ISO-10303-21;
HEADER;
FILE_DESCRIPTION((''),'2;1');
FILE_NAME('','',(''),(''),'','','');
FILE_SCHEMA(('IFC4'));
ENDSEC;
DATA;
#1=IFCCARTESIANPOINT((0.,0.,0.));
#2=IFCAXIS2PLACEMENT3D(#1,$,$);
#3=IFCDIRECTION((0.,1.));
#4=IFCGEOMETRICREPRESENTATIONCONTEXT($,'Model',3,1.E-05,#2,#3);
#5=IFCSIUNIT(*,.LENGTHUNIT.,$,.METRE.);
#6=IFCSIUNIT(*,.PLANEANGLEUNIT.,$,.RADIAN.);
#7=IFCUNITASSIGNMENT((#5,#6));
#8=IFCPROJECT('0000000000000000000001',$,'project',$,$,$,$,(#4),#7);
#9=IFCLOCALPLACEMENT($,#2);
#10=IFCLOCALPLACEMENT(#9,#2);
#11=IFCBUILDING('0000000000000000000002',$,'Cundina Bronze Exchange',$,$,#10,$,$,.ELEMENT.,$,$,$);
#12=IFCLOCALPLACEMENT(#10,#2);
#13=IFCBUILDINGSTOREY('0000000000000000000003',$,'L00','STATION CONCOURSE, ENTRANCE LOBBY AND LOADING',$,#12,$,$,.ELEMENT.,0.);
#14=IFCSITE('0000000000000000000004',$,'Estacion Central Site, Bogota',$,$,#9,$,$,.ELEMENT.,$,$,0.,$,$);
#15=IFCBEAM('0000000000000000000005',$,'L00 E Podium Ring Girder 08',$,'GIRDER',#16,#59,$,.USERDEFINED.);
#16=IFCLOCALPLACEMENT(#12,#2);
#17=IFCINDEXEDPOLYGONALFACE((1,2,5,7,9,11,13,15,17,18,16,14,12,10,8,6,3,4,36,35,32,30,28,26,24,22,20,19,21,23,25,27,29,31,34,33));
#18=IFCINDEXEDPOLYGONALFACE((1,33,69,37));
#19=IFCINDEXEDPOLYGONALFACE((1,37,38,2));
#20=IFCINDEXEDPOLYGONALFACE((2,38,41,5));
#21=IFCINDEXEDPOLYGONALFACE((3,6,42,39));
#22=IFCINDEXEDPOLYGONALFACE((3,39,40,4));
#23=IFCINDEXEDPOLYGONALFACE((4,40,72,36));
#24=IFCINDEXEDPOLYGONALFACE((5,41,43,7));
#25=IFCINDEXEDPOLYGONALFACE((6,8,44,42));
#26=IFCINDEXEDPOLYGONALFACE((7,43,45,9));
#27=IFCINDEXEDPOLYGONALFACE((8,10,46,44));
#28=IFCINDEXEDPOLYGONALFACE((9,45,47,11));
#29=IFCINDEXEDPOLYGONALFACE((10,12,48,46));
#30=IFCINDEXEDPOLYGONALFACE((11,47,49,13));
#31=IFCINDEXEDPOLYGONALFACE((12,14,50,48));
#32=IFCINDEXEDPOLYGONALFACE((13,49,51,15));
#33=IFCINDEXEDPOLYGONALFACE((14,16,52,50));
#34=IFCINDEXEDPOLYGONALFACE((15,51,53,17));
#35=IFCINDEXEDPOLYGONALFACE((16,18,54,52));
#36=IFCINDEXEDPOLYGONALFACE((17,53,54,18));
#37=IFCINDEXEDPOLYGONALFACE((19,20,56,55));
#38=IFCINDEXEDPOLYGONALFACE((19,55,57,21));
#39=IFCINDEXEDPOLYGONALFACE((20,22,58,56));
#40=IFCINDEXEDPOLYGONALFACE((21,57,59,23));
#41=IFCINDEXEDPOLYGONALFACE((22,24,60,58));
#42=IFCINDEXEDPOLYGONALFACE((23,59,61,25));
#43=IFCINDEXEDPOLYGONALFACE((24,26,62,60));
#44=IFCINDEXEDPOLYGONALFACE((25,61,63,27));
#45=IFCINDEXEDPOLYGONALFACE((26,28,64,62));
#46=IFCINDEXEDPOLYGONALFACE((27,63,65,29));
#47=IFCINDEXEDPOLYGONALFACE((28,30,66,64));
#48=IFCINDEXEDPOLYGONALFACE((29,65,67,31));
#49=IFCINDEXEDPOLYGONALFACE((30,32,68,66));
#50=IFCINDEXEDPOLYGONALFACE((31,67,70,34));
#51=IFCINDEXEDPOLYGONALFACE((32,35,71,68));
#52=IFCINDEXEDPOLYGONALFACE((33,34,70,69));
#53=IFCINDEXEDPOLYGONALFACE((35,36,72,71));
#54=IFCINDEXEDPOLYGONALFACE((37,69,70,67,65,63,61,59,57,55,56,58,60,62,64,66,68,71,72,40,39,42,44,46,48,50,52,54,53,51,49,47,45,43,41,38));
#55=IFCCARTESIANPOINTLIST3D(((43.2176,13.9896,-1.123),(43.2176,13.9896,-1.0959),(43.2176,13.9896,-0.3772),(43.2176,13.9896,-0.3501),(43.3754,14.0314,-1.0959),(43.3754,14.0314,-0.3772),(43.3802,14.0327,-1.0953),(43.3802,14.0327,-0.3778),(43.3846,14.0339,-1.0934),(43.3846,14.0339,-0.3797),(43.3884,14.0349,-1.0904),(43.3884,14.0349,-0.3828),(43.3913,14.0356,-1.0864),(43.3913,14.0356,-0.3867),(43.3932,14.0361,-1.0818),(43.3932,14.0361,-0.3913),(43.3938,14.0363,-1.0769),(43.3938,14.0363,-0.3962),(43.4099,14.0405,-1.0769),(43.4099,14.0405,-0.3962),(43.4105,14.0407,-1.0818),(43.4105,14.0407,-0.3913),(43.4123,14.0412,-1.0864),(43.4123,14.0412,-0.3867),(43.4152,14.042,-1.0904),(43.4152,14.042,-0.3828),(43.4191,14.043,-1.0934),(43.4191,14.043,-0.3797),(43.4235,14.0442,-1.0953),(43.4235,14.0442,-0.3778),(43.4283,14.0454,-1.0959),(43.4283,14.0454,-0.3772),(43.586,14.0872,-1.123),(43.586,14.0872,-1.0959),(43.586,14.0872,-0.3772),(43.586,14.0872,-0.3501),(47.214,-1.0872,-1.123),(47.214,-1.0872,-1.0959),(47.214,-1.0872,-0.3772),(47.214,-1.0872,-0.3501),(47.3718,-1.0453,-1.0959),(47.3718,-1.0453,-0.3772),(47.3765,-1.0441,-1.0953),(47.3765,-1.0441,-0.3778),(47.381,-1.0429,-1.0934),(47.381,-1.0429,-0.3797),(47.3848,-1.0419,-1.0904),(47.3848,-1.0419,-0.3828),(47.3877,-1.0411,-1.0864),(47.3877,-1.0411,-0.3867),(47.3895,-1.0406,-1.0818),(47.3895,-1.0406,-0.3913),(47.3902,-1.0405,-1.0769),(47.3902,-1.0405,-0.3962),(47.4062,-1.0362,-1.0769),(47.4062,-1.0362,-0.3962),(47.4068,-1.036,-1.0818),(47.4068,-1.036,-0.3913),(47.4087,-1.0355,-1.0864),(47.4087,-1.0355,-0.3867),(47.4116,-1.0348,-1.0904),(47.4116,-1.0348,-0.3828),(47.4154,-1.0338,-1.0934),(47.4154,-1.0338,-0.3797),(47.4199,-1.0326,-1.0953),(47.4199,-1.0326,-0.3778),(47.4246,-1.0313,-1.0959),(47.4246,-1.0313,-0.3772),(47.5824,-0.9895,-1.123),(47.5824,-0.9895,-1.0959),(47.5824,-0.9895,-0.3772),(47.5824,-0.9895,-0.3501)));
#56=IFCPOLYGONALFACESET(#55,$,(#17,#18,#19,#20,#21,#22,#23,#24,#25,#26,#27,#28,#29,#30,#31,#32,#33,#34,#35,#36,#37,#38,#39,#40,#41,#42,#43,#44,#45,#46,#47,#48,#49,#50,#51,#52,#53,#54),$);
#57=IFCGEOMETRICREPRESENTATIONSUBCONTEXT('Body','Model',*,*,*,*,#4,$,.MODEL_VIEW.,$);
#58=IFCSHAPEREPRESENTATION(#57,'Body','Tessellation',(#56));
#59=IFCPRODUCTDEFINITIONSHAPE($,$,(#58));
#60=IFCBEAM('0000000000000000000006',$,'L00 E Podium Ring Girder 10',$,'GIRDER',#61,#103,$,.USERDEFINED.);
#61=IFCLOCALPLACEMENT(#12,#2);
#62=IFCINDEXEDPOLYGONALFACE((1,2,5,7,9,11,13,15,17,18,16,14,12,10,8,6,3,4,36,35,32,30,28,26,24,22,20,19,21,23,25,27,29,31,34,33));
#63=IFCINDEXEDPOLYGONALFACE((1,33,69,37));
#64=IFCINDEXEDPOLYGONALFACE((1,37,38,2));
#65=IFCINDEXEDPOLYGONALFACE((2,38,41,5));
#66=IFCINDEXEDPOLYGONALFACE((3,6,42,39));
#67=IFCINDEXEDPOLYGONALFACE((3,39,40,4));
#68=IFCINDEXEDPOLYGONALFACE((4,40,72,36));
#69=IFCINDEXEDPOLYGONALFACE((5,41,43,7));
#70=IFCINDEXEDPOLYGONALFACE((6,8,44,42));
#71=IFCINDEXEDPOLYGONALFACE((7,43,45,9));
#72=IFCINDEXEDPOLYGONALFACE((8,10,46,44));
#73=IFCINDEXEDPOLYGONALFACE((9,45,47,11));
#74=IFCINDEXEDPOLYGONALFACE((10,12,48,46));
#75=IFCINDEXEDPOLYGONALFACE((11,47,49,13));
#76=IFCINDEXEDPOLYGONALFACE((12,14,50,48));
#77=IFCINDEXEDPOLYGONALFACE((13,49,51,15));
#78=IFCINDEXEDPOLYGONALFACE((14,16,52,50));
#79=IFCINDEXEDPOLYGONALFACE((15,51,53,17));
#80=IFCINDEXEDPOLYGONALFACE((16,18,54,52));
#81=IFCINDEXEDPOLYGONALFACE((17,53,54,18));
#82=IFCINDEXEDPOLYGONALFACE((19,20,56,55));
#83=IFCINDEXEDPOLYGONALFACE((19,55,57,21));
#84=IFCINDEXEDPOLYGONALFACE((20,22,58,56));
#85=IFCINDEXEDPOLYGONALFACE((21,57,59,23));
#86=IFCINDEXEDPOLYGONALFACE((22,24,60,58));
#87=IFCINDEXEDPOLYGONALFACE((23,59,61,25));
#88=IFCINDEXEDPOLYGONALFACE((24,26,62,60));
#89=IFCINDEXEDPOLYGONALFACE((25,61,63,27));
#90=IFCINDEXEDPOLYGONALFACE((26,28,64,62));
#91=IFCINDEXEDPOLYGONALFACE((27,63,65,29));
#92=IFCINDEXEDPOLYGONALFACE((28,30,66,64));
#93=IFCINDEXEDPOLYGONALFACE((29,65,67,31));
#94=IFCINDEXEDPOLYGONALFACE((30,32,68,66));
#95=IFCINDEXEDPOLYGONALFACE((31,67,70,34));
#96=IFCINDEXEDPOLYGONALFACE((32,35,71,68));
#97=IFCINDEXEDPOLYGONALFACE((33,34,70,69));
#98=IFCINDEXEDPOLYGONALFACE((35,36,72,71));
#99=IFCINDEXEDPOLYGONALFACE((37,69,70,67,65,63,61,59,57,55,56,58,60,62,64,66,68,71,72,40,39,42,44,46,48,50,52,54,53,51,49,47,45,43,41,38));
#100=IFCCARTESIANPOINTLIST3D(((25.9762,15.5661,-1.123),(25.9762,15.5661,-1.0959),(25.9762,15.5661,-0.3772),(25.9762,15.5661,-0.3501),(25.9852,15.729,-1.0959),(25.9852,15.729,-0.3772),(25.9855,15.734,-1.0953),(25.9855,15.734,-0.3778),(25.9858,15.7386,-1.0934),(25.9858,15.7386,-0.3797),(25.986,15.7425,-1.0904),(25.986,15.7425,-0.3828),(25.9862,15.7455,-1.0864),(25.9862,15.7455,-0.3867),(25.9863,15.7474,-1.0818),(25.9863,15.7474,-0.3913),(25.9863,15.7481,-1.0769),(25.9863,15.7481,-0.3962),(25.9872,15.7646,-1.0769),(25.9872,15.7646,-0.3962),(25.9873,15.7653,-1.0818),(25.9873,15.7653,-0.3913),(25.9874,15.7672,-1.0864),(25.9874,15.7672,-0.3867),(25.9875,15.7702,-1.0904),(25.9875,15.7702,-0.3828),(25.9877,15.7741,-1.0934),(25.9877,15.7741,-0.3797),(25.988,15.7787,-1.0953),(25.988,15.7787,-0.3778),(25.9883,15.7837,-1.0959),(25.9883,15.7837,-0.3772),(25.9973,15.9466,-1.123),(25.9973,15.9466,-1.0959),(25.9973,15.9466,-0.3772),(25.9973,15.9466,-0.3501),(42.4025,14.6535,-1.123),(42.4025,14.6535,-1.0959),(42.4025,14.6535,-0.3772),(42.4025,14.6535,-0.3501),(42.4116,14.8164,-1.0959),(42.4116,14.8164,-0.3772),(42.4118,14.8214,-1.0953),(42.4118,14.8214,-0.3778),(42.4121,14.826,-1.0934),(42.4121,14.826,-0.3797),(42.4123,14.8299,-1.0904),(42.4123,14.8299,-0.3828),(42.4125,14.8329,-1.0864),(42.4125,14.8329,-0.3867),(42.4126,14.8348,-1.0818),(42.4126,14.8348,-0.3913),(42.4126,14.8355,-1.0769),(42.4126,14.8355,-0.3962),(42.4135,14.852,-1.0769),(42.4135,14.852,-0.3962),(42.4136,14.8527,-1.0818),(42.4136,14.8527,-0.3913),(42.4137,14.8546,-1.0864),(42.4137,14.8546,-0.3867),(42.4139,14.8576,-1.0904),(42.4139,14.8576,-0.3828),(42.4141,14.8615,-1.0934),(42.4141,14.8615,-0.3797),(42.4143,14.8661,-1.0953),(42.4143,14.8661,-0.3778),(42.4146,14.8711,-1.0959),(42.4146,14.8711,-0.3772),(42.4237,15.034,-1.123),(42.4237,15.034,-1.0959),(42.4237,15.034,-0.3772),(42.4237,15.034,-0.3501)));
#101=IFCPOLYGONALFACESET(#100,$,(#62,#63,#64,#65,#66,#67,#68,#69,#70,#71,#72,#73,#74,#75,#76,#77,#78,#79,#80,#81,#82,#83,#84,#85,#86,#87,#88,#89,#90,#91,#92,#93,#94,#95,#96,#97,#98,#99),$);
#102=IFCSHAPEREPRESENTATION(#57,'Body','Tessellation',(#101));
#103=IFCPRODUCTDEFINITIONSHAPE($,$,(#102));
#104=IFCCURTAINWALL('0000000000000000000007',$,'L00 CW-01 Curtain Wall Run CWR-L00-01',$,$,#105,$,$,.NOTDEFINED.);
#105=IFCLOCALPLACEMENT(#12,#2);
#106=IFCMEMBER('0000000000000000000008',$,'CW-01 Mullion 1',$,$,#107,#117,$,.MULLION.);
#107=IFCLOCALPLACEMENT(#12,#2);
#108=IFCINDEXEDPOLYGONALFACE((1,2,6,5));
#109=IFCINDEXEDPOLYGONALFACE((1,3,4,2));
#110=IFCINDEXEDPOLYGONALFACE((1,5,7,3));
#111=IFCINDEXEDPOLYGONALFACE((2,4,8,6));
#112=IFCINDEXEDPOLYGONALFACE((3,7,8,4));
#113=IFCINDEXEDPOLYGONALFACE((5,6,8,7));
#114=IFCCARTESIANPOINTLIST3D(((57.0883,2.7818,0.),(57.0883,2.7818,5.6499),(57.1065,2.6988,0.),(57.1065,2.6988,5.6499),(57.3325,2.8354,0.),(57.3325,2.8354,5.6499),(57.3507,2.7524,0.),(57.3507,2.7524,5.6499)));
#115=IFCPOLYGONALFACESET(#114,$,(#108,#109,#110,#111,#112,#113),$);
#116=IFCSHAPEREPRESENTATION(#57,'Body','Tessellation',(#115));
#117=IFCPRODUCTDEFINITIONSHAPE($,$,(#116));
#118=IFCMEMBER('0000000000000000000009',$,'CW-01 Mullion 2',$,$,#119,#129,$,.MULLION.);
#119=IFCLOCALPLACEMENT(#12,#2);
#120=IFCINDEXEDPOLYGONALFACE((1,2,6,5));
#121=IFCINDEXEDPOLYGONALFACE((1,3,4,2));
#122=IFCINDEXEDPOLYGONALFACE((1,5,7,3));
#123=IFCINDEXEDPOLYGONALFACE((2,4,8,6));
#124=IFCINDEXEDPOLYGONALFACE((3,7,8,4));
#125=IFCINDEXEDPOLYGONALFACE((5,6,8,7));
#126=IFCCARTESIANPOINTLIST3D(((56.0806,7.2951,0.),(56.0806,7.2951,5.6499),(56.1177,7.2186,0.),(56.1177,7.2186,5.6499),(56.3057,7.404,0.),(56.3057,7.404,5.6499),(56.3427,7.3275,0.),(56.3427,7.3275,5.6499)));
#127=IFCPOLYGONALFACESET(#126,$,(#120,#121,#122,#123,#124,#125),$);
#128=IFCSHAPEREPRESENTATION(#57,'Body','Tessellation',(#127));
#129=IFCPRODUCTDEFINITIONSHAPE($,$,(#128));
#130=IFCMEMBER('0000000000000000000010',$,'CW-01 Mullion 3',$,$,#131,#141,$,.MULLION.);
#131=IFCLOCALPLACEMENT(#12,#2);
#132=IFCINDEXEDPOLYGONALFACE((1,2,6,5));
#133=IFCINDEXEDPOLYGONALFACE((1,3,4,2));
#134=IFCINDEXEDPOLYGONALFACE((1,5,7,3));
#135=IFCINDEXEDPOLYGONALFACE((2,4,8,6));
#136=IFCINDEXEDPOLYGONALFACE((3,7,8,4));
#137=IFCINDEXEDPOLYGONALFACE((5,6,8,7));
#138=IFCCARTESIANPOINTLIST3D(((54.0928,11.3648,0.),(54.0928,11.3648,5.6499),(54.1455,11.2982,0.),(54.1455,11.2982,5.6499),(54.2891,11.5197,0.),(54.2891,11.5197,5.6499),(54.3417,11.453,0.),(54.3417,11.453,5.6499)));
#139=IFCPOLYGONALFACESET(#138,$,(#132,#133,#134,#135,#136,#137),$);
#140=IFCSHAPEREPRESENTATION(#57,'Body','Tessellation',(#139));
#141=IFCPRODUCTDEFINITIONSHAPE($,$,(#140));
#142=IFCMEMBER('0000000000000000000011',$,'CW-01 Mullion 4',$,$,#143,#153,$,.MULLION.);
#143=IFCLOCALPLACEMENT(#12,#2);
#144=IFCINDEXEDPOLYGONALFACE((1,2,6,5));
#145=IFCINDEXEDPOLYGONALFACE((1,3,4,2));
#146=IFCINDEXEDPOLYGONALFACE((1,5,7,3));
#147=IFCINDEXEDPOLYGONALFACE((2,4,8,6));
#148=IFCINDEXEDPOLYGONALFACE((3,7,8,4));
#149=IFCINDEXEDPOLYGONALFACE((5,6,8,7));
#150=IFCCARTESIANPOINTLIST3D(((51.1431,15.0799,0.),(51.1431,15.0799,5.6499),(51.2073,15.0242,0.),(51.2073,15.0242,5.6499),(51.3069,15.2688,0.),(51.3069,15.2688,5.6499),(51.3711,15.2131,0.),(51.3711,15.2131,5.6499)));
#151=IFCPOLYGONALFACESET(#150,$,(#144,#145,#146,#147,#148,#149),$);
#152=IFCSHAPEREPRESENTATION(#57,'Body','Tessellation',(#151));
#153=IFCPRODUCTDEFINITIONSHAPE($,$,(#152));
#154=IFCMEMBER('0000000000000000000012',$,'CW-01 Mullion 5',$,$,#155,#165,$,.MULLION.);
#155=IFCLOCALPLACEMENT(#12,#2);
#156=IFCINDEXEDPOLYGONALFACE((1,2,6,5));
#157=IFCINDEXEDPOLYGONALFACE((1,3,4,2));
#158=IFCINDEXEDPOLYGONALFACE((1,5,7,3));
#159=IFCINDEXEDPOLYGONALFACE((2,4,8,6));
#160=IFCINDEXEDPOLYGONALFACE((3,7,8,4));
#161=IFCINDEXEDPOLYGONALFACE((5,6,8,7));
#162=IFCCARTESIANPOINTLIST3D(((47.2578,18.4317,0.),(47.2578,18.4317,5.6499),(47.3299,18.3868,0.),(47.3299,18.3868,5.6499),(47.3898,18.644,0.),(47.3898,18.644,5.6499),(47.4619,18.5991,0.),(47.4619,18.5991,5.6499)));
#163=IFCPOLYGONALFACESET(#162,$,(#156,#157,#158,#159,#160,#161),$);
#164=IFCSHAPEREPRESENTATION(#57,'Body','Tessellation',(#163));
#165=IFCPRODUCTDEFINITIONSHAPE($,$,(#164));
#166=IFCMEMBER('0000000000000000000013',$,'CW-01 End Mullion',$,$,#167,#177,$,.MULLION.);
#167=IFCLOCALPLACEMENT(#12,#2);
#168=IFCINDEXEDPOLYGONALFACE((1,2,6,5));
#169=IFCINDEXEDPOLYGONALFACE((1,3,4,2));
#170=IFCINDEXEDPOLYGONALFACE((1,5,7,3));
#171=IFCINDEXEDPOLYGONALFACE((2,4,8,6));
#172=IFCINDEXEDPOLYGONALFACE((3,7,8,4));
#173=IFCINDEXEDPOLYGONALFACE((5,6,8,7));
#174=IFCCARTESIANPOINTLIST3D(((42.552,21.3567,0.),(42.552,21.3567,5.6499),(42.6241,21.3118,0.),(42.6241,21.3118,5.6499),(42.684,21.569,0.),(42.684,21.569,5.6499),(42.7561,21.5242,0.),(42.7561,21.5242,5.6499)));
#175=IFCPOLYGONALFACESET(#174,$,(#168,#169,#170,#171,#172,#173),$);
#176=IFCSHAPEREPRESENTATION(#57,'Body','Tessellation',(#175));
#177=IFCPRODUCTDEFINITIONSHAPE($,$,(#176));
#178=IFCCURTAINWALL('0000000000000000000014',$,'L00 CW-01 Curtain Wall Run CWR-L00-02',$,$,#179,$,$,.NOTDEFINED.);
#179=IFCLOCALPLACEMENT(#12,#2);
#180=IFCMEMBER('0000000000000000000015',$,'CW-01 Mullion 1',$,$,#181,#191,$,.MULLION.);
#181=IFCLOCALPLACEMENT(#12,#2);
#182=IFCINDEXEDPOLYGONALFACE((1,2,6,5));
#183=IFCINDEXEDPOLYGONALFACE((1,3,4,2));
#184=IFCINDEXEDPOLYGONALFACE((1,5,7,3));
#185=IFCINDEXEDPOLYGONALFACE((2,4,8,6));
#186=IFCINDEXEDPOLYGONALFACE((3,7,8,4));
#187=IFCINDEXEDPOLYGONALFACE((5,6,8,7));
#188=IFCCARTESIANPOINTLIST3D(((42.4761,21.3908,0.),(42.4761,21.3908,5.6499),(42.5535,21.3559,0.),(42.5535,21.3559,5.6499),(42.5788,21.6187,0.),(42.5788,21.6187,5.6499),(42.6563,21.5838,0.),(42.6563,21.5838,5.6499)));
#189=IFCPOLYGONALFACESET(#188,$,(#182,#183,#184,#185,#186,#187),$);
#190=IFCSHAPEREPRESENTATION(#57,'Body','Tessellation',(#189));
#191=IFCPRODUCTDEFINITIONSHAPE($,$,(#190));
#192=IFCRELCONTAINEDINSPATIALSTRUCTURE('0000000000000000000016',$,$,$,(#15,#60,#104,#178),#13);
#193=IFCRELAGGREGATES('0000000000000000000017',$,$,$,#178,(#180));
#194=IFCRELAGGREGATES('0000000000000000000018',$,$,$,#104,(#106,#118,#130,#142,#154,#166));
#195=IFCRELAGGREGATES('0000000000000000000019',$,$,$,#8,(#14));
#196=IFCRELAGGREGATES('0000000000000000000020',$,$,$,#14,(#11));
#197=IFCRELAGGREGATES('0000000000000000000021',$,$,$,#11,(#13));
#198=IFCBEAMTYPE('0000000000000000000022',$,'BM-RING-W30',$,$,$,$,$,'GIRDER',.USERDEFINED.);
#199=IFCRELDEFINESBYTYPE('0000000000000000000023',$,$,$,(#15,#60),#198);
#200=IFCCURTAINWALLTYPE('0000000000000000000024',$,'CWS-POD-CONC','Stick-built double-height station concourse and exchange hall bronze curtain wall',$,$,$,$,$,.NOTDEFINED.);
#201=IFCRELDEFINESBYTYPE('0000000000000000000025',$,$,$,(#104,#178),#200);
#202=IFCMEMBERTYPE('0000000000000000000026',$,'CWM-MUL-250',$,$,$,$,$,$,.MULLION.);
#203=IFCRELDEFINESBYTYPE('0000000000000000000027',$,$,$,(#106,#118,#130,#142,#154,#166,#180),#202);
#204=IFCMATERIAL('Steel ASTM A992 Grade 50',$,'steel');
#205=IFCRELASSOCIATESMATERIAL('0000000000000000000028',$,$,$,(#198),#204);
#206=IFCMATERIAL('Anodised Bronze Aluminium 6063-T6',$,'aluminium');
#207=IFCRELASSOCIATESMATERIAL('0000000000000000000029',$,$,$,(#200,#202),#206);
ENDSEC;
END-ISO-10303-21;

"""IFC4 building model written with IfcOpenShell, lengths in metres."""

from ifc_helpers import new_model, si_unit, direction, frame, origin, origin_2d, place, context, subcontext, project, spatial, rectangle, i_section, extrude, material, material_profile, profile_set, type_object, element, aggregate, save


model = new_model("IFC4")

# Units and contexts
model_context = context("Model", 3, precision=1e-05, world=origin(), true_north=direction((0.0, 1.0)))
body_context = subcontext(model_context, "Body", "Model", "MODEL_VIEW")
ifc_project = project(units=[si_unit("LENGTHUNIT", "METRE"), si_unit("PLANEANGLEUNIT", "RADIAN")], contexts=[model_context])

# Site, building, storey
site_placement = place(None, origin())
site = spatial("IfcSite", under=ifc_project, at=site_placement, Name="Estacion Central Site, Bogota", CompositionType="ELEMENT", RefElevation=0.0)
building_placement = place(site_placement, origin())
building = spatial("IfcBuilding", under=site, at=building_placement, Name="Cundina Bronze Exchange", CompositionType="ELEMENT")
storey_placement = place(building_placement, origin())
storey = spatial("IfcBuildingStorey", under=building, at=storey_placement, Name="L00", Description="STATION CONCOURSE, ENTRANCE LOBBY AND LOADING", CompositionType="ELEMENT", Elevation=0.0)

# Beams
ifc_material_1 = material(Name="Steel ASTM A992 Grade 50", Category="steel")
ifc_material_profile_1 = material_profile(ifc_material_1, i_section(OverallWidth=0.3811, OverallDepth=0.7729, WebThickness=0.0166, FlangeThickness=0.0271, FilletRadius=0.019, at=origin_2d()), Name="W30X173", Category="steel")
ifc_profile_set_1 = profile_set([ifc_material_profile_1], Name="Steel ASTM A992 Grade 50")
beam_type = type_object("IfcBeamType", Name="BM-RING-W30", ElementType="GIRDER", PredefinedType="USERDEFINED", material=ifc_profile_set_1)
beam_1_placement = place(storey_placement, frame((47.3982, -1.0383, -0.7366), z_axis=(-0.25622, 0.966619, 0.0), x_axis=(-0.966619, -0.25622, 0.0)))
element("IfcBeam", 1, at=beam_1_placement, inside=storey, type_object=beam_type, Name="L00 E Podium Ring Girder 08", ObjectType="GIRDER", PredefinedType="USERDEFINED", context=body_context, shape_type="SweptSolid", body=[
    extrude(i_section(OverallWidth=0.3811, OverallDepth=0.7729, WebThickness=0.0166, FlangeThickness=0.0271, FilletRadius=0.019, at=origin_2d()), origin(), (0.0, 0.0, 1.0), 15.5974),
])
beam_2_placement = place(storey_placement, frame((42.4131, 14.8438, -0.7366), z_axis=(-0.99846, 0.055472, 0.0), x_axis=(-0.055472, -0.99846, 0.0)))
element("IfcBeam", 2, at=beam_2_placement, inside=storey, type_object=beam_type, Name="L00 E Podium Ring Girder 10", ObjectType="GIRDER", PredefinedType="USERDEFINED", context=body_context, shape_type="SweptSolid", body=[
    extrude(i_section(OverallWidth=0.3811, OverallDepth=0.7729, WebThickness=0.0166, FlangeThickness=0.0271, FilletRadius=0.019, at=origin_2d()), origin(), (0.0, 0.0, 1.0), 16.4517),
])

# Curtain wall, members
ifc_material_2 = material(Name="Anodised Bronze Aluminium 6063-T6", Category="aluminium")
curtain_wall_type = type_object("IfcCurtainWallType", Name="CWS-POD-CONC", Description="Stick-built double-height station concourse and exchange hall bronze curtain wall", PredefinedType="NOTDEFINED", material=ifc_material_2)
curtain_wall_1_placement = place(storey_placement, origin())
curtain_wall_1 = element("IfcCurtainWall", 3, at=curtain_wall_1_placement, inside=storey, type_object=curtain_wall_type, Name="L00 CW-01 Curtain Wall Run CWR-L00-01", PredefinedType="NOTDEFINED")
ifc_material_profile_2 = material_profile(ifc_material_2, rectangle(XDim=0.085, YDim=0.25, at=origin_2d()), Name="AL85X250", Category="aluminium")
ifc_profile_set_2 = profile_set([ifc_material_profile_2], Name="Anodised Bronze Aluminium 6063-T6")
member_type_1 = type_object("IfcMemberType", Name="CWM-MUL-250", PredefinedType="MULLION", material=ifc_profile_set_2)
member_1_placement = place(storey_placement, frame((57.2195, 2.7671, 0.0), z_axis=(0.0, 0.0, 1.0), x_axis=(-0.214565, 0.97671, 0.0)))
member_1 = element("IfcMember", 4, at=member_1_placement, type_object=member_type_1, Name="CW-01 Mullion 1", PredefinedType="MULLION", context=body_context, shape_type="SweptSolid", body=[
    extrude(rectangle(XDim=0.085, YDim=0.25, at=origin_2d()), origin(), (0.0, 0.0, 1.0), 5.6499),
])
member_2_placement = place(storey_placement, frame((56.2117, 7.3113, 0.0), z_axis=(0.0, 0.0, 1.0), x_axis=(-0.435702, 0.900091, 0.0)))
member_2 = element("IfcMember", 5, at=member_2_placement, type_object=member_type_1, Name="CW-01 Mullion 2", PredefinedType="MULLION", context=body_context, shape_type="SweptSolid", body=[
    extrude(rectangle(XDim=0.085, YDim=0.25, at=origin_2d()), origin(), (0.0, 0.0, 1.0), 5.6499),
])
member_3_placement = place(storey_placement, frame((54.2173, 11.4089, 0.0), z_axis=(0.0, 0.0, 1.0), x_axis=(-0.619505, 0.784993, 0.0)))
member_3 = element("IfcMember", 6, at=member_3_placement, type_object=member_type_1, Name="CW-01 Mullion 3", PredefinedType="MULLION", context=body_context, shape_type="SweptSolid", body=[
    extrude(rectangle(XDim=0.085, YDim=0.25, at=origin_2d()), origin(), (0.0, 0.0, 1.0), 5.6499),
])
member_4_placement = place(storey_placement, frame((51.2571, 15.1465, 0.0), z_axis=(0.0, 0.0, 1.0), x_axis=(-0.755511, 0.655136, 0.0)))
member_4 = element("IfcMember", 7, at=member_4_placement, type_object=member_type_1, Name="CW-01 Mullion 4", PredefinedType="MULLION", context=body_context, shape_type="SweptSolid", body=[
    extrude(rectangle(XDim=0.085, YDim=0.25, at=origin_2d()), origin(), (0.0, 0.0, 1.0), 5.6499),
])
member_5_placement = place(storey_placement, frame((47.3599, 18.5154, 0.0), z_axis=(0.0, 0.0, 1.0), x_axis=(-0.849248, 0.527994, 0.0)))
member_5 = element("IfcMember", 8, at=member_5_placement, type_object=member_type_1, Name="CW-01 Mullion 5", PredefinedType="MULLION", context=body_context, shape_type="SweptSolid", body=[
    extrude(rectangle(XDim=0.085, YDim=0.25, at=origin_2d()), origin(), (0.0, 0.0, 1.0), 5.6499),
])
member_6_placement = place(storey_placement, frame((42.6541, 21.4404, 0.0), z_axis=(0.0, 0.0, 1.0), x_axis=(-0.849248, 0.527994, 0.0)))
member_6 = element("IfcMember", 9, at=member_6_placement, type_object=member_type_1, Name="CW-01 End Mullion", PredefinedType="MULLION", context=body_context, shape_type="SweptSolid", body=[
    extrude(rectangle(XDim=0.085, YDim=0.25, at=origin_2d()), origin(), (0.0, 0.0, 1.0), 5.6499),
])

# Curtain wall, member
curtain_wall_2_placement = place(storey_placement, origin())
curtain_wall_2 = element("IfcCurtainWall", 10, at=curtain_wall_2_placement, inside=storey, type_object=curtain_wall_type, Name="L00 CW-01 Curtain Wall Run CWR-L00-02", PredefinedType="NOTDEFINED")
member_7_placement = place(storey_placement, frame((42.5662, 21.4873, 0.0), z_axis=(0.0, 0.0, 1.0), x_axis=(-0.911619, 0.411037, 0.0)))
member_7 = element("IfcMember", 11, at=member_7_placement, type_object=member_type_1, Name="CW-01 Mullion 1", PredefinedType="MULLION", context=body_context, shape_type="SweptSolid", body=[
    extrude(rectangle(XDim=0.085, YDim=0.25, at=origin_2d()), origin(), (0.0, 0.0, 1.0), 5.6499),
])

aggregate(curtain_wall_2, [member_7])

aggregate(curtain_wall_1, [member_1, member_2, member_3, member_4, member_5, member_6])

save(model, "model.ifc")
